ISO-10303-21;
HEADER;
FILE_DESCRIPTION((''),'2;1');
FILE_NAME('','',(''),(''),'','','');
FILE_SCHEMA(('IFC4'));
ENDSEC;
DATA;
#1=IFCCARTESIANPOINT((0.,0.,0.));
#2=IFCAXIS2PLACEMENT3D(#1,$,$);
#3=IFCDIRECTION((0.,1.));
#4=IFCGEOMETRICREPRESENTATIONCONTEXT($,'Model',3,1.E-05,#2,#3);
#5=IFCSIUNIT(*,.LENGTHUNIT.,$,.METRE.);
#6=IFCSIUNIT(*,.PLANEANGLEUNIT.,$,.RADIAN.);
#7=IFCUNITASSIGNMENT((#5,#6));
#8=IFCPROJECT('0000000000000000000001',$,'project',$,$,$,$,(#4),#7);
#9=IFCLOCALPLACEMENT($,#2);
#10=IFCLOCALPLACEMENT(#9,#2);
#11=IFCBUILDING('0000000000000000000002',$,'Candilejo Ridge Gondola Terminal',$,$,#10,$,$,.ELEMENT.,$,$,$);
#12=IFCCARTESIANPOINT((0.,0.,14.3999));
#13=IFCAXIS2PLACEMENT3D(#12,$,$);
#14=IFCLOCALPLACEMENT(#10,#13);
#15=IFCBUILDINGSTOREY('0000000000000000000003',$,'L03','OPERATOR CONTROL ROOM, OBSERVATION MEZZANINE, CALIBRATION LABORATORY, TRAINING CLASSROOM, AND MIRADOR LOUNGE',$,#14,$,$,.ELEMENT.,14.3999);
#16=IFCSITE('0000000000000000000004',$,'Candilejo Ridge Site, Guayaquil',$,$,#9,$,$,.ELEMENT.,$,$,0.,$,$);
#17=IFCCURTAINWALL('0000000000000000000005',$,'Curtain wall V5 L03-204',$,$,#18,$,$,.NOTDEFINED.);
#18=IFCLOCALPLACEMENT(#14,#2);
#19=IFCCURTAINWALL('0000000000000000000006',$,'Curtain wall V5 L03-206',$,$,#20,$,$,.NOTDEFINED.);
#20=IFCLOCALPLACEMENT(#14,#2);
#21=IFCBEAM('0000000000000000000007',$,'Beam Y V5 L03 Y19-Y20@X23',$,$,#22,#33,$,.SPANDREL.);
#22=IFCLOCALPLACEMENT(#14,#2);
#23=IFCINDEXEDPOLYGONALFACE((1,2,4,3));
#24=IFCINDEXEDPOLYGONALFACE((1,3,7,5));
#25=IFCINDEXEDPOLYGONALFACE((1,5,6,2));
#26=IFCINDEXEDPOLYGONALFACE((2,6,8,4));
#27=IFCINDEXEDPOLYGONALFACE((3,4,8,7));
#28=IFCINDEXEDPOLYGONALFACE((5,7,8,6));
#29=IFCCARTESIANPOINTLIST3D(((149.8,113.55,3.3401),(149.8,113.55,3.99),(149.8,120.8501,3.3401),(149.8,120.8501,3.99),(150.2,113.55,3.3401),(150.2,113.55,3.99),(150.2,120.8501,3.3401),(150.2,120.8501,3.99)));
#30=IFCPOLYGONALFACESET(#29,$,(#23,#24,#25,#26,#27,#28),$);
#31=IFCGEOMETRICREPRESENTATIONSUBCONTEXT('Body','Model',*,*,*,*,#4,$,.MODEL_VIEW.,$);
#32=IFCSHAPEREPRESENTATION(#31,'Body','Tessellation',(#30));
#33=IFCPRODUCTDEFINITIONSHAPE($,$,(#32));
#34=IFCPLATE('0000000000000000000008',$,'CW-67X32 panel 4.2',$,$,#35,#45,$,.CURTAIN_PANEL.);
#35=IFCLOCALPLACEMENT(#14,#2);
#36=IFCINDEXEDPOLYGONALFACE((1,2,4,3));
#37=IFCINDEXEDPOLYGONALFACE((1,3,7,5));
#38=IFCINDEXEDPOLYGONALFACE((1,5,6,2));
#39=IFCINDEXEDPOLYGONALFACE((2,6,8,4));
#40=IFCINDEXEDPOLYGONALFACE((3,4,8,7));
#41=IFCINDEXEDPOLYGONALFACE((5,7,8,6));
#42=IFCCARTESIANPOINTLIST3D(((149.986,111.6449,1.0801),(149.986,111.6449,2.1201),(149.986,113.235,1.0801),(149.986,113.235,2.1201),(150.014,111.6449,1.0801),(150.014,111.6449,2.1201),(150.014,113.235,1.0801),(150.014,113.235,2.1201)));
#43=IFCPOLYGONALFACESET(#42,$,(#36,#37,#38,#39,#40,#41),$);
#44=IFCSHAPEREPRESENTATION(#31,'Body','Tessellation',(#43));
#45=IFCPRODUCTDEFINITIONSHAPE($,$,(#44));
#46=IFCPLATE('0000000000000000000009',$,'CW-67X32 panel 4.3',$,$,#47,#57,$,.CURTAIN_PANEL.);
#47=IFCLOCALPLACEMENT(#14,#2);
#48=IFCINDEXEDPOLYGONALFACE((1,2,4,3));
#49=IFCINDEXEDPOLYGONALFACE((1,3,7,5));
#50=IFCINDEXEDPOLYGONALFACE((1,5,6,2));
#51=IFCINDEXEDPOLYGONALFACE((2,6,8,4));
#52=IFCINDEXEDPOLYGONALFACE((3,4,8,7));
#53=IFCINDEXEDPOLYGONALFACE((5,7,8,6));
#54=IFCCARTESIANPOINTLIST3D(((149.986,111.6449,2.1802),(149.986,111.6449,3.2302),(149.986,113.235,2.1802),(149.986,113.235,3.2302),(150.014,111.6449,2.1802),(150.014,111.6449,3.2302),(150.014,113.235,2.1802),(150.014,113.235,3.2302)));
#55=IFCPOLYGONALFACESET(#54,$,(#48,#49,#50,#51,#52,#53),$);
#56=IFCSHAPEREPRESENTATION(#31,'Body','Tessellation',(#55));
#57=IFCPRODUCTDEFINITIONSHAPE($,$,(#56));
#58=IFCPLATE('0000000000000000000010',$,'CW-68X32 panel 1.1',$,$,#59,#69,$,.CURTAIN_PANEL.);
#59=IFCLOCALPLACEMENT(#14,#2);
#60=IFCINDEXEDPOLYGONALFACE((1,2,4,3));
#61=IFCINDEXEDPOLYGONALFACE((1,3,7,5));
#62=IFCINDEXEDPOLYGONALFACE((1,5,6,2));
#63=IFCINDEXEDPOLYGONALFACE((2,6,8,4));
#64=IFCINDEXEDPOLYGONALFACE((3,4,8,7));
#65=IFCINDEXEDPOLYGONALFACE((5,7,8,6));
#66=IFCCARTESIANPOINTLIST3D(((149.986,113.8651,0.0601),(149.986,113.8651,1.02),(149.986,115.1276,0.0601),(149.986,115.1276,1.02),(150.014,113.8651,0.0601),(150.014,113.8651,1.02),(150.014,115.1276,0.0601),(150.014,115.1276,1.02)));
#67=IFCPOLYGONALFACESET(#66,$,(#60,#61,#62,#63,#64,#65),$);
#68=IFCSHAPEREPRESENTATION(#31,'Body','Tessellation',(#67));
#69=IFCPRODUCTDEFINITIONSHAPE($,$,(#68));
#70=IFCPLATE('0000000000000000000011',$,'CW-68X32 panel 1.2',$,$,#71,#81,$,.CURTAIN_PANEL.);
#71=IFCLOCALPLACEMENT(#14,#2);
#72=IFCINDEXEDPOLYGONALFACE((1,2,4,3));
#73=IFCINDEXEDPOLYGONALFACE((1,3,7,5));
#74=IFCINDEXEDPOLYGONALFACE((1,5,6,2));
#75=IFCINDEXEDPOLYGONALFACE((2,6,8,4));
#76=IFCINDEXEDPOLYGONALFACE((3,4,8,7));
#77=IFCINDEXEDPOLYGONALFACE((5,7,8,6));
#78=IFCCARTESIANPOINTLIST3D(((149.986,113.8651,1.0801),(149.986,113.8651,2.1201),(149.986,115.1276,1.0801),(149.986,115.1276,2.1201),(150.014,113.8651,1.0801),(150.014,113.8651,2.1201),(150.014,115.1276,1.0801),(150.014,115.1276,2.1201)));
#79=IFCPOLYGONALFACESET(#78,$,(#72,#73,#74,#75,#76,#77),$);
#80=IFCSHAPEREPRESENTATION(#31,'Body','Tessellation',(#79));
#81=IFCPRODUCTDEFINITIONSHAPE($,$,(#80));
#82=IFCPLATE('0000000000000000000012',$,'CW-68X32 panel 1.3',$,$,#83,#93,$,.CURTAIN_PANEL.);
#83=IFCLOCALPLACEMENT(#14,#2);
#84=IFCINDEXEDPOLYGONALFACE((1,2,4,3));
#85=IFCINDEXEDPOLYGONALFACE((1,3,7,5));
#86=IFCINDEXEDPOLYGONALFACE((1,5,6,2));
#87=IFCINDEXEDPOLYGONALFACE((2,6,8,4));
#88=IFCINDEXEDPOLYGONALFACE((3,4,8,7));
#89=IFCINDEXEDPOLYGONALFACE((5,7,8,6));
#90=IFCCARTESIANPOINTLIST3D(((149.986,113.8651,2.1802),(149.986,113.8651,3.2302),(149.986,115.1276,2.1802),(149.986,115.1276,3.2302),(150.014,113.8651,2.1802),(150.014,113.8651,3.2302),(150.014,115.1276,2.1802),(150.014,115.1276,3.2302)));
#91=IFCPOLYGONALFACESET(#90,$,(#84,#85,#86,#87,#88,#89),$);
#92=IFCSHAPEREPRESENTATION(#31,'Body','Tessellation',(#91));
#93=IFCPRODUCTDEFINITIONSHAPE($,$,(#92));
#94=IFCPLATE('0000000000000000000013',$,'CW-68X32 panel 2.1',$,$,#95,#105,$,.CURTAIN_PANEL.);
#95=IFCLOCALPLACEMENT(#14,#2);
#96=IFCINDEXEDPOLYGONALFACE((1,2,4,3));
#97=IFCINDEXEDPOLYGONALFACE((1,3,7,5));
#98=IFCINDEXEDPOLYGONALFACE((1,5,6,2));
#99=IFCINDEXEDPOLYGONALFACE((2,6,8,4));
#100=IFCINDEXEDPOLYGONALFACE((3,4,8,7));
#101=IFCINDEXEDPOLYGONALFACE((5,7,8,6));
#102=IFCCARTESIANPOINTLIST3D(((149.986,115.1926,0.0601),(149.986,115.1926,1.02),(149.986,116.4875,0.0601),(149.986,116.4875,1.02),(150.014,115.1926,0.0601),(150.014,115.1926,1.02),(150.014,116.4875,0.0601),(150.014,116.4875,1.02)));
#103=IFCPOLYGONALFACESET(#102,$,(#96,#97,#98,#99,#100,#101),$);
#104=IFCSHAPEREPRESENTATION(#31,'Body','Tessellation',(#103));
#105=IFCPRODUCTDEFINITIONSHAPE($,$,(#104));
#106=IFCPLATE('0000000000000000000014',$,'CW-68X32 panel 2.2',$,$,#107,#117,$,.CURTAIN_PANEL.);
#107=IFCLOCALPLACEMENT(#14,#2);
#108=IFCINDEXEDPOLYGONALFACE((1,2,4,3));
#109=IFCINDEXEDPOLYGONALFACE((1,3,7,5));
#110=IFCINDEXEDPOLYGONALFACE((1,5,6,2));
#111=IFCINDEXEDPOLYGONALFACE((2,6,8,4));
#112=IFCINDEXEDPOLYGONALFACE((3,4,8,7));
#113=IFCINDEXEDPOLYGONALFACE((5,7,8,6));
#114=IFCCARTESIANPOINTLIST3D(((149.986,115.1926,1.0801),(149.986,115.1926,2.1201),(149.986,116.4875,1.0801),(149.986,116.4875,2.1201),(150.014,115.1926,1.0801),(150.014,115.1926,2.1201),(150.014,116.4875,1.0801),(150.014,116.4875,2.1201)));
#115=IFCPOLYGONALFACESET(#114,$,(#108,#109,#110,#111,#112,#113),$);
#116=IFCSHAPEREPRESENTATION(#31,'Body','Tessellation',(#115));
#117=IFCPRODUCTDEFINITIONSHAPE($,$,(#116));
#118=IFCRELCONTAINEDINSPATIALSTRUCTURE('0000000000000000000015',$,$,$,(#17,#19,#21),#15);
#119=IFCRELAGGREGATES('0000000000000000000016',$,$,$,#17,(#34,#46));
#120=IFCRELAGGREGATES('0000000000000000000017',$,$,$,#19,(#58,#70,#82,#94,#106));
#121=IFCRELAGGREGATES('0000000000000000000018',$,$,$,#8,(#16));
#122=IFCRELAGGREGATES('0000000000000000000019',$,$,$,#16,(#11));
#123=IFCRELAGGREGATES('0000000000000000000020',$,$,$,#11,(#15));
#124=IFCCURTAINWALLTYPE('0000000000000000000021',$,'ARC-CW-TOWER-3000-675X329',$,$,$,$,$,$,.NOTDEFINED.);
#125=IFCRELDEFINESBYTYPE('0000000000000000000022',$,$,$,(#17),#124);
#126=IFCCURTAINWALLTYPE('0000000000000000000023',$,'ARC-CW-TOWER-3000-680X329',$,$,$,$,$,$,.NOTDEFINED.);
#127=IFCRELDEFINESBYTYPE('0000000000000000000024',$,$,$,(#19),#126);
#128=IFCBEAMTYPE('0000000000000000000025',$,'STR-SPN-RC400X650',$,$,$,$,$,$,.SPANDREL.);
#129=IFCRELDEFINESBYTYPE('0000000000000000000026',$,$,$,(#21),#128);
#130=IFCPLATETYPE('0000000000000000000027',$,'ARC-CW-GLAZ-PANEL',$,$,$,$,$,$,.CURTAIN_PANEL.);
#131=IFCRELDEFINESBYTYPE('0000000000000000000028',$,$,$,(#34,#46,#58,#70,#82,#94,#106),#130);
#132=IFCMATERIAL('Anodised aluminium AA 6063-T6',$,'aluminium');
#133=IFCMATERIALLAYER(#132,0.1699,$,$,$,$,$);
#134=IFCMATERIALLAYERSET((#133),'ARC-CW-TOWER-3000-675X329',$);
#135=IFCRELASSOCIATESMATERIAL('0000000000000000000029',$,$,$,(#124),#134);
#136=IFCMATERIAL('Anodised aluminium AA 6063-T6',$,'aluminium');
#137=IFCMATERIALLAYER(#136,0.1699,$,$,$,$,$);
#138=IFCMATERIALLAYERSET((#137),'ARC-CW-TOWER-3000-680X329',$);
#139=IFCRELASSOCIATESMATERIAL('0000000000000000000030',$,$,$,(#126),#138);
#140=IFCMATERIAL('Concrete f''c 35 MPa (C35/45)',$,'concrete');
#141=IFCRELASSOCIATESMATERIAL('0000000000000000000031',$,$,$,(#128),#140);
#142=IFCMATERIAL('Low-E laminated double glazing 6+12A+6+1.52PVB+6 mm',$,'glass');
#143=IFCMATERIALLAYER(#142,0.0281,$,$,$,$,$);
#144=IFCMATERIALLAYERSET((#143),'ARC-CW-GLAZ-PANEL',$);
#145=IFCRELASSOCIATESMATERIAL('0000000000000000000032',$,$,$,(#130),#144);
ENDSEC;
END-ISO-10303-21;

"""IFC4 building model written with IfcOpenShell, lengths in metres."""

from ifc_helpers import new_model, si_unit, direction, frame, origin, origin_2d, place, context, subcontext, project, spatial, rectangle, extrude, material, layer, layer_set, material_profile, profile_set, type_object, element, aggregate, save


model = new_model("IFC4")

# Units and contexts
model_context = context("Model", 3, precision=1e-05, world=origin(), true_north=direction((0.0, 1.0)))
body_context = subcontext(model_context, "Body", "Model", "MODEL_VIEW")
ifc_project = project(units=[si_unit("LENGTHUNIT", "METRE"), si_unit("PLANEANGLEUNIT", "RADIAN")], contexts=[model_context])

# Site, building, storey
site_placement = place(None, origin())
site = spatial("IfcSite", under=ifc_project, at=site_placement, Name="Candilejo Ridge Site, Guayaquil", CompositionType="ELEMENT", RefElevation=0.0)
building_placement = place(site_placement, origin())
building = spatial("IfcBuilding", under=site, at=building_placement, Name="Candilejo Ridge Gondola Terminal", CompositionType="ELEMENT")
storey_placement = place(building_placement, frame((0.0, 0.0, 14.3999)))
storey = spatial("IfcBuildingStorey", under=building, at=storey_placement, Name="L03", Description="OPERATOR CONTROL ROOM, OBSERVATION MEZZANINE, CALIBRATION LABORATORY, TRAINING CLASSROOM, AND MIRADOR LOUNGE", CompositionType="ELEMENT", Elevation=14.3999)

# Curtain wall
ifc_material_1 = material(Name="Anodised aluminium AA 6063-T6", Category="aluminium")
ifc_layer_1 = layer(ifc_material_1, 0.1699)
ifc_layer_set_1 = layer_set([ifc_layer_1], Name="ARC-CW-TOWER-3000-675X329")
curtain_wall_type_1 = type_object("IfcCurtainWallType", Name="ARC-CW-TOWER-3000-675X329", PredefinedType="NOTDEFINED", material=ifc_layer_set_1)
curtain_wall_1_placement = place(storey_placement, origin())
curtain_wall_1 = element("IfcCurtainWall", 1, at=curtain_wall_1_placement, inside=storey, type_object=curtain_wall_type_1, Name="Curtain wall V5 L03-204", PredefinedType="NOTDEFINED")

# Curtain wall
ifc_material_2 = material(Name="Anodised aluminium AA 6063-T6", Category="aluminium")
ifc_layer_2 = layer(ifc_material_2, 0.1699)
ifc_layer_set_2 = layer_set([ifc_layer_2], Name="ARC-CW-TOWER-3000-680X329")
curtain_wall_type_2 = type_object("IfcCurtainWallType", Name="ARC-CW-TOWER-3000-680X329", PredefinedType="NOTDEFINED", material=ifc_layer_set_2)
curtain_wall_2_placement = place(storey_placement, origin())
curtain_wall_2 = element("IfcCurtainWall", 2, at=curtain_wall_2_placement, inside=storey, type_object=curtain_wall_type_2, Name="Curtain wall V5 L03-206", PredefinedType="NOTDEFINED")

# Beam
ifc_material_3 = material(Name="Concrete f'c 35 MPa (C35/45)", Category="concrete")
ifc_material_profile_1 = material_profile(ifc_material_3, rectangle(XDim=0.3999, YDim=0.6499, at=origin_2d()))
ifc_profile_set_1 = profile_set([ifc_material_profile_1], Name="Concrete f'c 35 MPa (C35/45)")
beam_type_1 = type_object("IfcBeamType", Name="STR-SPN-RC400X650", PredefinedType="SPANDREL", material=ifc_profile_set_1)
beam_1_placement = place(storey_placement, frame((150.0, 113.55, 3.665), z_axis=(0.0, 1.0, 0.0), x_axis=(-1.0, 0.0, 0.0)))
element("IfcBeam", 3, at=beam_1_placement, inside=storey, type_object=beam_type_1, Name="Beam Y V5 L03 Y19-Y20@X23", PredefinedType="SPANDREL", context=body_context, shape_type="SweptSolid", body=[
    extrude(rectangle(XDim=0.3999, YDim=0.6499, at=origin_2d()), origin(), (0.0, 0.0, 1.0), 7.3),
])

# Plates
ifc_material_4 = material(Name="Low-E laminated double glazing 6+12A+6+1.52PVB+6 mm", Category="glass")
ifc_layer_3 = layer(ifc_material_4, 0.0281)
ifc_layer_set_3 = layer_set([ifc_layer_3], Name="ARC-CW-GLAZ-PANEL")
plate_type = type_object("IfcPlateType", Name="ARC-CW-GLAZ-PANEL", PredefinedType="CURTAIN_PANEL", material=ifc_layer_set_3)
plate_1_placement = place(storey_placement, frame((150.0, 112.4399, 1.0801), z_axis=(0.0, 0.0, 1.0), x_axis=(0.0, 1.0, 0.0)))
plate_1 = element("IfcPlate", 4, at=plate_1_placement, type_object=plate_type, Name="CW-67X32 panel 4.2", PredefinedType="CURTAIN_PANEL", context=body_context, shape_type="SweptSolid", body=[
    extrude(rectangle(XDim=1.5901, YDim=0.0281, at=origin_2d()), origin(), (0.0, 0.0, 1.0), 1.04),
])
plate_2_placement = place(storey_placement, frame((150.0, 112.4399, 2.1802), z_axis=(0.0, 0.0, 1.0), x_axis=(0.0, 1.0, 0.0)))
plate_2 = element("IfcPlate", 5, at=plate_2_placement, type_object=plate_type, Name="CW-67X32 panel 4.3", PredefinedType="CURTAIN_PANEL", context=body_context, shape_type="SweptSolid", body=[
    extrude(rectangle(XDim=1.5901, YDim=0.0281, at=origin_2d()), origin(), (0.0, 0.0, 1.0), 1.05),
])
aggregate(curtain_wall_1, [plate_1, plate_2])
plate_3_placement = place(storey_placement, frame((150.0, 114.4963, 0.0601), z_axis=(0.0, 0.0, 1.0), x_axis=(0.0, 1.0, 0.0)))
plate_3 = element("IfcPlate", 6, at=plate_3_placement, type_object=plate_type, Name="CW-68X32 panel 1.1", PredefinedType="CURTAIN_PANEL", context=body_context, shape_type="SweptSolid", body=[
    extrude(rectangle(XDim=1.2625, YDim=0.0281, at=origin_2d()), origin(), (0.0, 0.0, 1.0), 0.96),
])
plate_4_placement = place(storey_placement, frame((150.0, 114.4963, 1.0801), z_axis=(0.0, 0.0, 1.0), x_axis=(0.0, 1.0, 0.0)))
plate_4 = element("IfcPlate", 7, at=plate_4_placement, type_object=plate_type, Name="CW-68X32 panel 1.2", PredefinedType="CURTAIN_PANEL", context=body_context, shape_type="SweptSolid", body=[
    extrude(rectangle(XDim=1.2625, YDim=0.0281, at=origin_2d()), origin(), (0.0, 0.0, 1.0), 1.04),
])
plate_5_placement = place(storey_placement, frame((150.0, 114.4963, 2.1802), z_axis=(0.0, 0.0, 1.0), x_axis=(0.0, 1.0, 0.0)))
plate_5 = element("IfcPlate", 8, at=plate_5_placement, type_object=plate_type, Name="CW-68X32 panel 1.3", PredefinedType="CURTAIN_PANEL", context=body_context, shape_type="SweptSolid", body=[
    extrude(rectangle(XDim=1.2625, YDim=0.0281, at=origin_2d()), origin(), (0.0, 0.0, 1.0), 1.05),
])
plate_6_placement = place(storey_placement, frame((150.0, 115.8401, 0.0601), z_axis=(0.0, 0.0, 1.0), x_axis=(0.0, 1.0, 0.0)))
plate_6 = element("IfcPlate", 9, at=plate_6_placement, type_object=plate_type, Name="CW-68X32 panel 2.1", PredefinedType="CURTAIN_PANEL", context=body_context, shape_type="SweptSolid", body=[
    extrude(rectangle(XDim=1.2949, YDim=0.0281, at=origin_2d()), origin(), (0.0, 0.0, 1.0), 0.96),
])
plate_7_placement = place(storey_placement, frame((150.0, 115.8401, 1.0801), z_axis=(0.0, 0.0, 1.0), x_axis=(0.0, 1.0, 0.0)))
plate_7 = element("IfcPlate", 10, at=plate_7_placement, type_object=plate_type, Name="CW-68X32 panel 2.2", PredefinedType="CURTAIN_PANEL", context=body_context, shape_type="SweptSolid", body=[
    extrude(rectangle(XDim=1.2949, YDim=0.0281, at=origin_2d()), origin(), (0.0, 0.0, 1.0), 1.04),
])
aggregate(curtain_wall_2, [plate_3, plate_4, plate_5, plate_6, plate_7])

save(model, "model.ifc")
